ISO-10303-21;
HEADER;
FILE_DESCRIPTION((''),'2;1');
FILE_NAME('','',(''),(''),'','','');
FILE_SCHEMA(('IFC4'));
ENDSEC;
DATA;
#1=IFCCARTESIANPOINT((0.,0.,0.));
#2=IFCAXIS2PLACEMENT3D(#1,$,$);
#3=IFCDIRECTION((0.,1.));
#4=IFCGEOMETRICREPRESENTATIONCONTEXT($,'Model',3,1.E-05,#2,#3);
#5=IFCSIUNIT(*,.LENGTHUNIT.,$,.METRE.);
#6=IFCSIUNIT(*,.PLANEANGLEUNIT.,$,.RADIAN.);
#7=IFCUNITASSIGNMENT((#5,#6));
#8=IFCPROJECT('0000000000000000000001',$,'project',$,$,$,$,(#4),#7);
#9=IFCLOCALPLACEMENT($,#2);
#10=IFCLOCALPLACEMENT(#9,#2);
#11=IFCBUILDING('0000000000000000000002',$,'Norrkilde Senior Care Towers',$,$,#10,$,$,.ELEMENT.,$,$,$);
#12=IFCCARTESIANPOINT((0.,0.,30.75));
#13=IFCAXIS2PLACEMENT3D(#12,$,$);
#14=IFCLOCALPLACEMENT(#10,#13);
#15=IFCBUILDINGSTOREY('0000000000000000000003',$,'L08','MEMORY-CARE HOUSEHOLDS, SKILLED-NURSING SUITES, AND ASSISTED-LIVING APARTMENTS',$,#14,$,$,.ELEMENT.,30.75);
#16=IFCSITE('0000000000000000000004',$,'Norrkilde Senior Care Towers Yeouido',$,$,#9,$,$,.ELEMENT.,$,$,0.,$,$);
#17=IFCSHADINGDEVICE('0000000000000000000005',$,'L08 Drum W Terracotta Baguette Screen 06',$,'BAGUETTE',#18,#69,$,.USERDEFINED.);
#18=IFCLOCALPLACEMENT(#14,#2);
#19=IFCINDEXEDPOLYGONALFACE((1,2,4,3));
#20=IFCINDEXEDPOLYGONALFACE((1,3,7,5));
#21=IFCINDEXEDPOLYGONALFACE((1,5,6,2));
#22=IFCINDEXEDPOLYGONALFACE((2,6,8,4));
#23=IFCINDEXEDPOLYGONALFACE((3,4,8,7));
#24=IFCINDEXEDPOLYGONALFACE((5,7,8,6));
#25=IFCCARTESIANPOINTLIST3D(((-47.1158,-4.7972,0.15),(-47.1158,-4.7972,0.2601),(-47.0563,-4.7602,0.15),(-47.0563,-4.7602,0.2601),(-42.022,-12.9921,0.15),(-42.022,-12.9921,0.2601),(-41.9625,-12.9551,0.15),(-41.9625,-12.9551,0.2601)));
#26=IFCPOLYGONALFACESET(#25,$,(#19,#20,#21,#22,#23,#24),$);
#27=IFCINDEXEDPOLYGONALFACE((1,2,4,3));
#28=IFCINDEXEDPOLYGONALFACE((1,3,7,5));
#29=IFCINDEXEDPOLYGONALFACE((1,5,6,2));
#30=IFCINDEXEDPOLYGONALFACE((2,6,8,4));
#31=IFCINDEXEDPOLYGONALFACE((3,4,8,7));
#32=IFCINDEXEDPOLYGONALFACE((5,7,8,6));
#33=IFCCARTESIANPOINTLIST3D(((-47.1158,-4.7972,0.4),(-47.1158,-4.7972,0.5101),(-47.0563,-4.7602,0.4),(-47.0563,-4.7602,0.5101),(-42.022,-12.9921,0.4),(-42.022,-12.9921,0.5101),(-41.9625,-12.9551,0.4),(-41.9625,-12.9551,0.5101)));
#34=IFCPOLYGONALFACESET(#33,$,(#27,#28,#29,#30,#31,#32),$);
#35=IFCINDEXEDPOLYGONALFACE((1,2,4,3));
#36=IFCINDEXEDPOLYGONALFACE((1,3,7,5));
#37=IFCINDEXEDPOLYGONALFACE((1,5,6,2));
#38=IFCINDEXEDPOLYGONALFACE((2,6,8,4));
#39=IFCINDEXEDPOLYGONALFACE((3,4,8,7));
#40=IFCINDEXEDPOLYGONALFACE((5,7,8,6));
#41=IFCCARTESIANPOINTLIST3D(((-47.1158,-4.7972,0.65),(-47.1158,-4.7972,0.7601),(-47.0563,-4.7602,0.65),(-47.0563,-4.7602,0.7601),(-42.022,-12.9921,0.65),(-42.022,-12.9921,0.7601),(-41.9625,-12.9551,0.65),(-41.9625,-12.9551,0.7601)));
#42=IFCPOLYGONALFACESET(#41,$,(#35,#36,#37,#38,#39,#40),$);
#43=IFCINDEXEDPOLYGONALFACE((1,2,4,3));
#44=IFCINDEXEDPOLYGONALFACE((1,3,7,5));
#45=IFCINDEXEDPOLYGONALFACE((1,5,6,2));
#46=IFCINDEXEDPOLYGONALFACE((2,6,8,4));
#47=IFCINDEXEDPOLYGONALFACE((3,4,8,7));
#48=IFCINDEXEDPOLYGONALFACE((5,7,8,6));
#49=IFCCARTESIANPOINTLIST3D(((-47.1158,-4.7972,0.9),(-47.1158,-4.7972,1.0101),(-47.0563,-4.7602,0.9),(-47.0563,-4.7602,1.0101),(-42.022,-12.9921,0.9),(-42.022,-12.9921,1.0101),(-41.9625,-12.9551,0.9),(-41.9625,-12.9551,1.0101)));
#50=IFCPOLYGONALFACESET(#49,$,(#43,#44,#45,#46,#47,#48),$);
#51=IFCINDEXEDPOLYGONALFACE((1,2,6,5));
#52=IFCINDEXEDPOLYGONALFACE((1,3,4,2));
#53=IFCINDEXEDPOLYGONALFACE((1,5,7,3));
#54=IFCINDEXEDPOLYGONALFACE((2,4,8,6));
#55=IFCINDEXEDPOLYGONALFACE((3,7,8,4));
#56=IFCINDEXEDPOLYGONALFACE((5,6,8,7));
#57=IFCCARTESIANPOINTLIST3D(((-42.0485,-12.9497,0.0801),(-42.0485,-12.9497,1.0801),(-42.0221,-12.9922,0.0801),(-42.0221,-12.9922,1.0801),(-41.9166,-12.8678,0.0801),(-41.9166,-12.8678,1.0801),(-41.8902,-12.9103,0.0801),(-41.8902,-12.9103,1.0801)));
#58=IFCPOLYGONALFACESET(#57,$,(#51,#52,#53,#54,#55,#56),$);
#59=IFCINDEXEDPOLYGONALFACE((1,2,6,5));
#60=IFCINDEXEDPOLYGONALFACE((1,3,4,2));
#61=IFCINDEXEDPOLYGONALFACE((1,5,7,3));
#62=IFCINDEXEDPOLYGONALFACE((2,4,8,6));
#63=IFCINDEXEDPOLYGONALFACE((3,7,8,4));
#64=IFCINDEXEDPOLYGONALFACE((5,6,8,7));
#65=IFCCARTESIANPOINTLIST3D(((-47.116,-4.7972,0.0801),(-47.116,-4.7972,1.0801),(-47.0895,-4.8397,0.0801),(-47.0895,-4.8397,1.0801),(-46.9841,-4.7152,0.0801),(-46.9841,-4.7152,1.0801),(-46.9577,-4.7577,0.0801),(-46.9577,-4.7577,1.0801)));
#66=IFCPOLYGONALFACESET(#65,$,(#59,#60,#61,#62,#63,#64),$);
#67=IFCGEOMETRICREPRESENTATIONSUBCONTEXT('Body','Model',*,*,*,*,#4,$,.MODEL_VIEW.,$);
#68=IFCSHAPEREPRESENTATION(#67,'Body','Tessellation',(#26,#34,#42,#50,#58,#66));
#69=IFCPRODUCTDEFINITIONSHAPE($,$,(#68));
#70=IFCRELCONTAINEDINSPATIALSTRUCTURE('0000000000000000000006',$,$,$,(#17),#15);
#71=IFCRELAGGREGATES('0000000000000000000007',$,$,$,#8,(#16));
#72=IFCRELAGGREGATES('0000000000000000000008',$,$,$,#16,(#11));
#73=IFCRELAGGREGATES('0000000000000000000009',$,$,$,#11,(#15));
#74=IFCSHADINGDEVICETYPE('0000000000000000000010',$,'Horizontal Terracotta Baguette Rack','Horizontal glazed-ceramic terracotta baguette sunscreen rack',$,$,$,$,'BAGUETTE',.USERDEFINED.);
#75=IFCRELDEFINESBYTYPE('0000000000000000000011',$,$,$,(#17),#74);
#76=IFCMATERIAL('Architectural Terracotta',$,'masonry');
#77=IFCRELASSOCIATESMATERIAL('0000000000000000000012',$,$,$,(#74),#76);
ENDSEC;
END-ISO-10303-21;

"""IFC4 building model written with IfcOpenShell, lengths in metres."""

from ifc_helpers import new_model, si_unit, direction, frame, origin, origin_2d, place, context, subcontext, project, spatial, rectangle, extrude, source, transform, mapped, material, type_object, type_shapes, element, save


model = new_model("IFC4")

# Units and contexts
model_context = context("Model", 3, precision=1e-05, world=origin(), true_north=direction((0.0, 1.0)))
body_context = subcontext(model_context, "Body", "Model", "MODEL_VIEW")
ifc_project = project(units=[si_unit("LENGTHUNIT", "METRE"), si_unit("PLANEANGLEUNIT", "RADIAN")], contexts=[model_context])

# Site, building, storey
site_placement = place(None, origin())
site = spatial("IfcSite", under=ifc_project, at=site_placement, Name="Norrkilde Senior Care Towers Yeouido", CompositionType="ELEMENT", RefElevation=0.0)
building_placement = place(site_placement, origin())
building = spatial("IfcBuilding", under=site, at=building_placement, Name="Norrkilde Senior Care Towers", CompositionType="ELEMENT")
storey_placement = place(building_placement, frame((0.0, 0.0, 30.75)))
storey = spatial("IfcBuildingStorey", under=building, at=storey_placement, Name="L08", Description="MEMORY-CARE HOUSEHOLDS, SKILLED-NURSING SUITES, AND ASSISTED-LIVING APARTMENTS", CompositionType="ELEMENT", Elevation=30.75)

# Shading device
ifc_material_1 = material(Name="Architectural Terracotta", Category="masonry")
shading_device_type = type_object("IfcShadingDeviceType", Name="Horizontal Terracotta Baguette Rack", Description="Horizontal glazed-ceramic terracotta baguette sunscreen rack", ElementType="BAGUETTE", PredefinedType="USERDEFINED", material=ifc_material_1)
shared_shape_1 = source(origin(), body_context, "Body", "SweptSolid", [
    extrude(rectangle(XDim=0.0701, YDim=0.1101, at=origin_2d()), frame((0.0, 0.0901, 0.125), z_axis=(1.0, 0.0, 0.0), x_axis=(0.0, 1.0, 0.0)), (0.0, 0.0, 1.0), 9.6489),
    extrude(rectangle(XDim=0.0701, YDim=0.1101, at=origin_2d()), frame((0.0, 0.0901, 0.375), z_axis=(1.0, 0.0, 0.0), x_axis=(0.0, 1.0, 0.0)), (0.0, 0.0, 1.0), 9.6489),
    extrude(rectangle(XDim=0.0701, YDim=0.1101, at=origin_2d()), frame((0.0, 0.0901, 0.625), z_axis=(1.0, 0.0, 0.0), x_axis=(0.0, 1.0, 0.0)), (0.0, 0.0, 1.0), 9.6489),
    extrude(rectangle(XDim=0.0701, YDim=0.1101, at=origin_2d()), frame((0.0, 0.0901, 0.875), z_axis=(1.0, 0.0, 0.0), x_axis=(0.0, 1.0, 0.0)), (0.0, 0.0, 1.0), 9.6489),
    extrude(rectangle(XDim=0.05, YDim=0.1553, at=origin_2d()), frame((0.0249, 0.0476, 0.0)), (0.0, 0.0, 1.0), 1.0),
    extrude(rectangle(XDim=0.05, YDim=0.1553, at=origin_2d()), frame((9.624, 0.0476, 0.0)), (0.0, 0.0, 1.0), 1.0),
])
type_shapes(shading_device_type, [shared_shape_1])
shading_device_placement = place(storey_placement, frame((-41.9158, -12.926, 0.0801), z_axis=(0.0, 0.0, 1.0), x_axis=(-0.527909, 0.849299, 0.0)))
element("IfcShadingDevice", 1, at=shading_device_placement, inside=storey, type_object=shading_device_type, Name="L08 Drum W Terracotta Baguette Screen 06", ObjectType="BAGUETTE", PredefinedType="USERDEFINED", context=body_context, shape_type="MappedRepresentation", body=[
    mapped(shared_shape_1, transform((0.0, 0.0, 0.0), x_axis=(1.0, 0.0, 0.0), y_axis=(0.0, 1.0, 0.0), z_axis=(0.0, 0.0, 1.0), scale=1.0)),
])

save(model, "model.ifc")
